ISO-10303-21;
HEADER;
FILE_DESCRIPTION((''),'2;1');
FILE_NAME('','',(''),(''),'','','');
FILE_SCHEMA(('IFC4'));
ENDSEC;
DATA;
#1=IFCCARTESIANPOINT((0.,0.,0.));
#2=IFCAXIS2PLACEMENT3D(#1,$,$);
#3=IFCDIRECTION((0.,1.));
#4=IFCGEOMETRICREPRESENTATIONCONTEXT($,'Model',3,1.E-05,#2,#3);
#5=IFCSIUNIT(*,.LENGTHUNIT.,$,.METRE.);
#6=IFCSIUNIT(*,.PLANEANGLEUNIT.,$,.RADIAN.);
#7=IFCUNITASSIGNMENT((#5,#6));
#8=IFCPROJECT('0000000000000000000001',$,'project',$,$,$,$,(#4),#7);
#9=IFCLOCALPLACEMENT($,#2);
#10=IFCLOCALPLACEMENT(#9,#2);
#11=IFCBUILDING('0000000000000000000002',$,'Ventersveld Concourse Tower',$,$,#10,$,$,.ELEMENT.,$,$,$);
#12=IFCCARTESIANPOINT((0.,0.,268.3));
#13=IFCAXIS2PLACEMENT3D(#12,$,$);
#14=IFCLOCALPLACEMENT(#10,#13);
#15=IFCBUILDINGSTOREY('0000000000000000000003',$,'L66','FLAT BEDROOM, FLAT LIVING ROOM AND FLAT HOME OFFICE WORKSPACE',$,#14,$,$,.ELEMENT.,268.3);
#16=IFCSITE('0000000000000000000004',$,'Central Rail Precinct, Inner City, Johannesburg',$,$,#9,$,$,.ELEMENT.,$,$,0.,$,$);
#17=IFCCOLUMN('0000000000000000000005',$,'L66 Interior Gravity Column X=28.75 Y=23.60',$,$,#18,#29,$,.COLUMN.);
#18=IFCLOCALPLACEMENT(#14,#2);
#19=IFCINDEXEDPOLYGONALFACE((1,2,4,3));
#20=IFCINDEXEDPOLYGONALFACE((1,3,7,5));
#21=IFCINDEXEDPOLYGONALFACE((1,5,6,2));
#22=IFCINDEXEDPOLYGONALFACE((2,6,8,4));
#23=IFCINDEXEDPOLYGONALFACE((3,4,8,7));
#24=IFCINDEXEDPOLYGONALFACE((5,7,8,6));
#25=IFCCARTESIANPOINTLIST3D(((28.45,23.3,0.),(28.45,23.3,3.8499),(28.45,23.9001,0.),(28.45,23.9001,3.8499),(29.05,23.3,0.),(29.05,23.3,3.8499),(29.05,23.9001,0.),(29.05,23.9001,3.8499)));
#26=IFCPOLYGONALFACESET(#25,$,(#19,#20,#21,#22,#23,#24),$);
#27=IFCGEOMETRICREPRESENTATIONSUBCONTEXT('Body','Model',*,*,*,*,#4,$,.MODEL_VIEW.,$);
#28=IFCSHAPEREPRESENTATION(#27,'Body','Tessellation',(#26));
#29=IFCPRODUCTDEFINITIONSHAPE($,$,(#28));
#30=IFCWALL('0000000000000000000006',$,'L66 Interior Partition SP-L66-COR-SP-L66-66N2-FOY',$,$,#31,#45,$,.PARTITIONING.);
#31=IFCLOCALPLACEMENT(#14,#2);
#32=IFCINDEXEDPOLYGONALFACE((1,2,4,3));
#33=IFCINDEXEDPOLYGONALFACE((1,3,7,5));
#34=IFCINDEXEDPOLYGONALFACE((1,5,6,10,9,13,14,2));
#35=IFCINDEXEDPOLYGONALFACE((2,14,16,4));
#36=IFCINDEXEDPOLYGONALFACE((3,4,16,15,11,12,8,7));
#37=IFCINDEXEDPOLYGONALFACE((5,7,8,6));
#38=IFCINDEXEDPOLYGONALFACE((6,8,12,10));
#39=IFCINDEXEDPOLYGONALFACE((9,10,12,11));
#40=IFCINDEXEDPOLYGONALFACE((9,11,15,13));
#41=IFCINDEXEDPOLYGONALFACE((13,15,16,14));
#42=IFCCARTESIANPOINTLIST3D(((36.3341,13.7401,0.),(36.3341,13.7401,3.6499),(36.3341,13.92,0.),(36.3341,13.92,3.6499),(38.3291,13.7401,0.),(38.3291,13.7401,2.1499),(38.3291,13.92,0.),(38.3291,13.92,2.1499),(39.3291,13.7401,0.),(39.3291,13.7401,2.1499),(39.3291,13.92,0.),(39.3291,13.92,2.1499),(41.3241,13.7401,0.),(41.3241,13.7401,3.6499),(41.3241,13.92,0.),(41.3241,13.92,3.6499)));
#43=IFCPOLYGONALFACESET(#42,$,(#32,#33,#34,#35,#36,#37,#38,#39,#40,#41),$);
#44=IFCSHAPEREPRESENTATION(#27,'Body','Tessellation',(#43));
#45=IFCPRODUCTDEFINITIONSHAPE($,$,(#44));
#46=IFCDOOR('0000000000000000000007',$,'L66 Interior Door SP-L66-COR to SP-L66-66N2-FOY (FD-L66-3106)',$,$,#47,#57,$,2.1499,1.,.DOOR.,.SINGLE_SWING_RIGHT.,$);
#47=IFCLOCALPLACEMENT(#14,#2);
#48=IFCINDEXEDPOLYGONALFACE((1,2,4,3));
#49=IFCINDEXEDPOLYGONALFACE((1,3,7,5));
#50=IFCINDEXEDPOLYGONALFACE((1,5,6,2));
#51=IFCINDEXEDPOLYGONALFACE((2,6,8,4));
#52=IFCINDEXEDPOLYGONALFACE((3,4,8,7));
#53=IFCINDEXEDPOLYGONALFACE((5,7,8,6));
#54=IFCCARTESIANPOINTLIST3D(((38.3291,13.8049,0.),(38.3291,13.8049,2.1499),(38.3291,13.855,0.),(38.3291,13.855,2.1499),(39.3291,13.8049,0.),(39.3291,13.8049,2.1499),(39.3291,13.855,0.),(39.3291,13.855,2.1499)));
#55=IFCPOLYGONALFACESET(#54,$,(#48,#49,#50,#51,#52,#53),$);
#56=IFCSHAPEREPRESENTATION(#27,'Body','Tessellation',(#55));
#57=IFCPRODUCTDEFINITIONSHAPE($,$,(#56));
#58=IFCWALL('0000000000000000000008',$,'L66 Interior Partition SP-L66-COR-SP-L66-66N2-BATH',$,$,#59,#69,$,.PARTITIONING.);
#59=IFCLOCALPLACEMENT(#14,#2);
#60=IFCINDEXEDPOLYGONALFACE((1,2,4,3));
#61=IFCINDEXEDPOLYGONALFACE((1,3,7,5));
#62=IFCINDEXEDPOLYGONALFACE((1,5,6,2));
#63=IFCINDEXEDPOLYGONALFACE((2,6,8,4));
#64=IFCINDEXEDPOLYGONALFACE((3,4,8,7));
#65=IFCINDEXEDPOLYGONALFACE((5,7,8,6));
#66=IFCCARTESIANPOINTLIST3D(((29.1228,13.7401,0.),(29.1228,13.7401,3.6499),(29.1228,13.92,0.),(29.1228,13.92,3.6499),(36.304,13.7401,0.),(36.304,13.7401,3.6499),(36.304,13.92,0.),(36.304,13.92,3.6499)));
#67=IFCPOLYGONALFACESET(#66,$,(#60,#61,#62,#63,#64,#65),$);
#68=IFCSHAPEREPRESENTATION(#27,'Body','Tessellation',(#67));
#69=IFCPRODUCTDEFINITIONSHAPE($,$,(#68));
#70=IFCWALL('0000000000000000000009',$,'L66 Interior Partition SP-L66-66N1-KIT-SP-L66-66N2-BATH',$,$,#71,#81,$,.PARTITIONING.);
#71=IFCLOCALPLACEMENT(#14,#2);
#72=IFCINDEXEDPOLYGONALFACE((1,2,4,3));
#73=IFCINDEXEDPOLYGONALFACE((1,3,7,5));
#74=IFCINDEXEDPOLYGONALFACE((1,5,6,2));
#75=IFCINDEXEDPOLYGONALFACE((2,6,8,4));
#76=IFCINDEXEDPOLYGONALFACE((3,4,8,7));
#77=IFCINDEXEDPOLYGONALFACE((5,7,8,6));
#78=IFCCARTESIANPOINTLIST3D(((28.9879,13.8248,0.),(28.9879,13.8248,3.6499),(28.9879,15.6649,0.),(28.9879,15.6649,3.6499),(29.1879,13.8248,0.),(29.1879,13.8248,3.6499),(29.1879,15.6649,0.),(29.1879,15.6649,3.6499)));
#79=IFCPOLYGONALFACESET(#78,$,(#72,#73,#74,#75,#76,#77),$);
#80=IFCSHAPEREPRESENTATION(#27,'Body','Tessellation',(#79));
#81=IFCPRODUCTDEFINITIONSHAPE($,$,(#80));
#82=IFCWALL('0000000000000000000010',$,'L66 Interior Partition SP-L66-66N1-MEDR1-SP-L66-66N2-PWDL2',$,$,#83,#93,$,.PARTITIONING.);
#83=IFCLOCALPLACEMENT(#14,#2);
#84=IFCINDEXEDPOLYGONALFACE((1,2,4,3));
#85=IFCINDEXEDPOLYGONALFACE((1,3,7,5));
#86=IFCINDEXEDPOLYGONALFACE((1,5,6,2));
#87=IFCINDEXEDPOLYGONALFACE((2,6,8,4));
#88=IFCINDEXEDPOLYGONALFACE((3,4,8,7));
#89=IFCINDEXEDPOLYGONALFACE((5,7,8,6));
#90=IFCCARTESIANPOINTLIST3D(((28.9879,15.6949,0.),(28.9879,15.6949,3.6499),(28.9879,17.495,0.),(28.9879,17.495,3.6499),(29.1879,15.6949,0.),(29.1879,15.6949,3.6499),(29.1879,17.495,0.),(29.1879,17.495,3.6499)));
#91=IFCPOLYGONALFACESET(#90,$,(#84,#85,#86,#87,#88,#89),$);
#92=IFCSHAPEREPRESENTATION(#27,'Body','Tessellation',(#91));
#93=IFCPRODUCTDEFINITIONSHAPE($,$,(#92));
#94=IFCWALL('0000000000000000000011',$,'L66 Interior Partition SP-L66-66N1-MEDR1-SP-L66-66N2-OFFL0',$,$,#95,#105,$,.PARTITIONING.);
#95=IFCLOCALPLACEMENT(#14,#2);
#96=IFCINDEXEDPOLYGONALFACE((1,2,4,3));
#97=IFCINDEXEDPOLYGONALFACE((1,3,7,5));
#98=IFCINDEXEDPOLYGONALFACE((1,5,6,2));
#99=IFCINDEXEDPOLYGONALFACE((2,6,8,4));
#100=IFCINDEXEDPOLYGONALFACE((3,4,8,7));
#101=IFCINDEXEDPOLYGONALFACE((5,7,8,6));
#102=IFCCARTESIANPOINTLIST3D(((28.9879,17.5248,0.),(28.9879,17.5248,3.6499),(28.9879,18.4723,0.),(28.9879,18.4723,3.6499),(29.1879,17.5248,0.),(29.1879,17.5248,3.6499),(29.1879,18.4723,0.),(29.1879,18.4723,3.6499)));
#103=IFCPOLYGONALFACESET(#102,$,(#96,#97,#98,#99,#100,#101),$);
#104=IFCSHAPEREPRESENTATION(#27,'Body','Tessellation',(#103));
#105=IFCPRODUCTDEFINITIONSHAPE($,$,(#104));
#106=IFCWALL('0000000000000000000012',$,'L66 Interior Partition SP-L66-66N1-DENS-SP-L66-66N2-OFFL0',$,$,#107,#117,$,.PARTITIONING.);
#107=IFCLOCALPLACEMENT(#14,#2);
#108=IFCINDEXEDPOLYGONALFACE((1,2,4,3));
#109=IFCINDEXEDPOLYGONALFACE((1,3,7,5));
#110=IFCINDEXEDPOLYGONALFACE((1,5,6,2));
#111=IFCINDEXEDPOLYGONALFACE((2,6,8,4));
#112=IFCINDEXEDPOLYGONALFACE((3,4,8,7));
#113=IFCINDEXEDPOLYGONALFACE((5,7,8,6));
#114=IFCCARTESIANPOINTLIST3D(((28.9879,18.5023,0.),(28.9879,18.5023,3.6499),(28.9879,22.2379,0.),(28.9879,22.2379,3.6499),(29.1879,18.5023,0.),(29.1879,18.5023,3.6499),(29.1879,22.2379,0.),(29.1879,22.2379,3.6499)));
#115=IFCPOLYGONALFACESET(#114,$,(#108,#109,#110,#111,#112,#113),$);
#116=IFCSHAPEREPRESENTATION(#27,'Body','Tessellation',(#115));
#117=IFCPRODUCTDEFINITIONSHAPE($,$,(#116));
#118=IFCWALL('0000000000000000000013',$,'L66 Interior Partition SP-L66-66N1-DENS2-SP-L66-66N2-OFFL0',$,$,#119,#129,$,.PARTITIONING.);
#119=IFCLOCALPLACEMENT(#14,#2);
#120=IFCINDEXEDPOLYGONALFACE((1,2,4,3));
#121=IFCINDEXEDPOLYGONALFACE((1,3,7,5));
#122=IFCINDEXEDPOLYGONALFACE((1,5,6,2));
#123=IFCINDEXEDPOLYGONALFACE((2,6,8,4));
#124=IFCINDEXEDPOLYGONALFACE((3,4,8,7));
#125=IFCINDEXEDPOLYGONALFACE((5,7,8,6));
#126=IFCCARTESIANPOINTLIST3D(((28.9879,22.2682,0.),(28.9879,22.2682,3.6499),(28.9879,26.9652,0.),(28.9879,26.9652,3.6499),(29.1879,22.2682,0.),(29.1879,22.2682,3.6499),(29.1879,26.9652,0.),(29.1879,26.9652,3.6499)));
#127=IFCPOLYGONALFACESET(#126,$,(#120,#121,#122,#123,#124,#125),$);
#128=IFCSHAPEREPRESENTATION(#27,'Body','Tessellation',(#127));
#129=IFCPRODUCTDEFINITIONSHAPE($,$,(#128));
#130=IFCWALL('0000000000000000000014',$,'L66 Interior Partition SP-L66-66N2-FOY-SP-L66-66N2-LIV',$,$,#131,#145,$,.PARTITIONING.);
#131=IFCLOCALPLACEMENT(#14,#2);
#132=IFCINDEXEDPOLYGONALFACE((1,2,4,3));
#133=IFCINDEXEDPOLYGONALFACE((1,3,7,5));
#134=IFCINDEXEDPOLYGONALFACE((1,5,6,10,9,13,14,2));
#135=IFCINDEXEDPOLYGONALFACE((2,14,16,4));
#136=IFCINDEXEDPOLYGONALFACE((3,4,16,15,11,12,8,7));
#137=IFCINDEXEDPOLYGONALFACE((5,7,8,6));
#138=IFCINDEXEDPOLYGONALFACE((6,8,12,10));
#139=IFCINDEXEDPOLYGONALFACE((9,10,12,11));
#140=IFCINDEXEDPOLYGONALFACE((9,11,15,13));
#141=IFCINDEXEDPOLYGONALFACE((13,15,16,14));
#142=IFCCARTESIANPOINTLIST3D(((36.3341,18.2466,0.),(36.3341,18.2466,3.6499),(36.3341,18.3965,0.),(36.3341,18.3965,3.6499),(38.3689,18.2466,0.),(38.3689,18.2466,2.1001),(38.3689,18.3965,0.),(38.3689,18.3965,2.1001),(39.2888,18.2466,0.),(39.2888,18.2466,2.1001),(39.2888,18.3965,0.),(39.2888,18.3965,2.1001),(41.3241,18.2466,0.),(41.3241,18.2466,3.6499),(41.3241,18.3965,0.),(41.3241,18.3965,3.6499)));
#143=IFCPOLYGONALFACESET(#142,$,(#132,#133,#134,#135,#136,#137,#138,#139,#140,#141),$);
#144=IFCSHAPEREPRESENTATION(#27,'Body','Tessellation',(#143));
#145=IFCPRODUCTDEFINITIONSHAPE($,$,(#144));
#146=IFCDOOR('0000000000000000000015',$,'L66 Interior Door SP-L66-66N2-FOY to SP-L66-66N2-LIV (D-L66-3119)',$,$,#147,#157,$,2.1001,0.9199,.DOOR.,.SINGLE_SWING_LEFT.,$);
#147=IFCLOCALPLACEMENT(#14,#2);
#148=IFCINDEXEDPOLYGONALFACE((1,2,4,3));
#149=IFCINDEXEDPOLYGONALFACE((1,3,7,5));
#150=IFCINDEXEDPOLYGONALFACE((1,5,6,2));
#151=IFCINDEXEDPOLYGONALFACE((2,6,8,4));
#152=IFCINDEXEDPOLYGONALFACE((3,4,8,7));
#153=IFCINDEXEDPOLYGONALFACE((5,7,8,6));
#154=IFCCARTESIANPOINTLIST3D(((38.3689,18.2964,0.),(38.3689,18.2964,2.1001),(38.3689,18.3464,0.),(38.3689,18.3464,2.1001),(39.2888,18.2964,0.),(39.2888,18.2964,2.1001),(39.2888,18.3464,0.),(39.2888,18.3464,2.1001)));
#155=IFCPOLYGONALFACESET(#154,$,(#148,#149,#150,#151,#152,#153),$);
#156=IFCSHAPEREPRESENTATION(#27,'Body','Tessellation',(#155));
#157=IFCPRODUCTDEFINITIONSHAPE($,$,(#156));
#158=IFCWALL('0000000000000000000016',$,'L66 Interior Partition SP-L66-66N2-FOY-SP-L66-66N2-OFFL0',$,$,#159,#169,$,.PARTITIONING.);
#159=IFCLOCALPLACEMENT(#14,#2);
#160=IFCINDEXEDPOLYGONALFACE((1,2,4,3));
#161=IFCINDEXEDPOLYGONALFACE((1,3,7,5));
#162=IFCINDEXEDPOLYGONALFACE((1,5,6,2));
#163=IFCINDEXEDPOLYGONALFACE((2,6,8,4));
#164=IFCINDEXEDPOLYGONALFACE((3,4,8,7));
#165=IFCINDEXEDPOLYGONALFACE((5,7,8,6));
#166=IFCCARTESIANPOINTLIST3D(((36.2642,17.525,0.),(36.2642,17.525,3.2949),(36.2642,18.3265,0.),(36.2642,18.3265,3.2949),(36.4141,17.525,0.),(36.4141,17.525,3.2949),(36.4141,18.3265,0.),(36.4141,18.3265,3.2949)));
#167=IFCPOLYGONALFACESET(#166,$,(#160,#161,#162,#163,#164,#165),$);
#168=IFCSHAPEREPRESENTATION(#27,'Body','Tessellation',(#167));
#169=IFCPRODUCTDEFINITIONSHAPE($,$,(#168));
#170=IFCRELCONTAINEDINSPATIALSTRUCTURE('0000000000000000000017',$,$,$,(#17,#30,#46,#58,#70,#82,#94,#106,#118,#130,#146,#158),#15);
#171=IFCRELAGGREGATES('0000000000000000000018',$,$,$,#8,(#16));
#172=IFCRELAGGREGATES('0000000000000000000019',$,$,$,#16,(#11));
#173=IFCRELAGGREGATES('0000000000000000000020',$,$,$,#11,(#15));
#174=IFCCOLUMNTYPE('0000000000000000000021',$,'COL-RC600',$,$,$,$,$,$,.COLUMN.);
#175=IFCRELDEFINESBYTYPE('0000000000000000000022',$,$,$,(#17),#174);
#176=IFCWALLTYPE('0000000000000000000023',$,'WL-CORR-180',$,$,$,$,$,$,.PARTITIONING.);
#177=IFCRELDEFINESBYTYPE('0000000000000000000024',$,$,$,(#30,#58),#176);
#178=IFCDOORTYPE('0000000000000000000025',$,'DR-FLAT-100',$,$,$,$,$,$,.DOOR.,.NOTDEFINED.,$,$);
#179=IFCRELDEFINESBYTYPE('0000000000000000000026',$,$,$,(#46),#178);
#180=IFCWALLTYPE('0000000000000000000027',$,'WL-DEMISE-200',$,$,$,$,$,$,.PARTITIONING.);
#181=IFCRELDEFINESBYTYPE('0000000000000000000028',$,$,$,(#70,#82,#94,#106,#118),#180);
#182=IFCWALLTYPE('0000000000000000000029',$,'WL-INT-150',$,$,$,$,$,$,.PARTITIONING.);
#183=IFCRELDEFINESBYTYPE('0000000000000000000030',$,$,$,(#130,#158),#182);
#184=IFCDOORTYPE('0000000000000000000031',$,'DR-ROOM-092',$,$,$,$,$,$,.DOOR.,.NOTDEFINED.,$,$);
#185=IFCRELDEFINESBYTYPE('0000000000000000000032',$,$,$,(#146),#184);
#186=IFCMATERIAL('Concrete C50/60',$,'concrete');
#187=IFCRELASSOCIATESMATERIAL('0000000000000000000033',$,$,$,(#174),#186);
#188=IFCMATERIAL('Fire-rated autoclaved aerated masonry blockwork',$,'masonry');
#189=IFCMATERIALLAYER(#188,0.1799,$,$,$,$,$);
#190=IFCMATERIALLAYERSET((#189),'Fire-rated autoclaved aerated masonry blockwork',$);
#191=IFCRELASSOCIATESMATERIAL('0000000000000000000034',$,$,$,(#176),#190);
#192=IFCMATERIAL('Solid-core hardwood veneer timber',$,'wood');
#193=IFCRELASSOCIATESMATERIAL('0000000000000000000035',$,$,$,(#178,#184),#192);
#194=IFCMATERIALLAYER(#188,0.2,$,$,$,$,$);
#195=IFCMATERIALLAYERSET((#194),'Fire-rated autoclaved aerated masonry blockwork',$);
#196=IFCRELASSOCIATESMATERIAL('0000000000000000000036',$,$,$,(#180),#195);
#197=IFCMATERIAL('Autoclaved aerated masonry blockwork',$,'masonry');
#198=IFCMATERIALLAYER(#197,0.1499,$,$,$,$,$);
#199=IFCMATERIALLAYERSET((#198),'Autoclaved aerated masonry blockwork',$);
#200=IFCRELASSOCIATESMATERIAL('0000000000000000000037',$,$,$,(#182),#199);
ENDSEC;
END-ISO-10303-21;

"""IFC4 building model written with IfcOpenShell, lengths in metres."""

from ifc_helpers import new_model, si_unit, direction, frame, frame_2d, origin, origin_2d, place, context, subcontext, project, spatial, rectangle, extrude, material, layer, layer_set, material_profile, profile_set, type_object, element, fill, save


model = new_model("IFC4")

# Units and contexts
model_context = context("Model", 3, precision=1e-05, world=origin(), true_north=direction((0.0, 1.0)))
body_context = subcontext(model_context, "Body", "Model", "MODEL_VIEW")
ifc_project = project(units=[si_unit("LENGTHUNIT", "METRE"), si_unit("PLANEANGLEUNIT", "RADIAN")], contexts=[model_context])

# Site, building, storey
site_placement = place(None, origin())
site = spatial("IfcSite", under=ifc_project, at=site_placement, Name="Central Rail Precinct, Inner City, Johannesburg", CompositionType="ELEMENT", RefElevation=0.0)
building_placement = place(site_placement, origin())
building = spatial("IfcBuilding", under=site, at=building_placement, Name="Ventersveld Concourse Tower", CompositionType="ELEMENT")
storey_placement = place(building_placement, frame((0.0, 0.0, 268.3)))
storey = spatial("IfcBuildingStorey", under=building, at=storey_placement, Name="L66", Description="FLAT BEDROOM, FLAT LIVING ROOM AND FLAT HOME OFFICE WORKSPACE", CompositionType="ELEMENT", Elevation=268.3)

# Column
ifc_material_1 = material(Name="Concrete C50/60", Category="concrete")
ifc_material_profile = material_profile(ifc_material_1, rectangle(XDim=0.6001, YDim=0.6001, at=origin_2d()), Name="RC 600x600")
ifc_profile_set = profile_set([ifc_material_profile], Name="Concrete C50/60")
column_type = type_object("IfcColumnType", Name="COL-RC600", PredefinedType="COLUMN", material=ifc_profile_set)
column_placement = place(storey_placement, frame((28.75, 23.6001, 0.0), z_axis=(0.0, 0.0, 1.0), x_axis=(1.0, 0.0, 0.0)))
element("IfcColumn", 1, at=column_placement, inside=storey, type_object=column_type, Name="L66 Interior Gravity Column X=28.75 Y=23.60", PredefinedType="COLUMN", context=body_context, shape_type="SweptSolid", body=[
    extrude(rectangle(XDim=0.6001, YDim=0.6001, at=origin_2d()), origin(), (0.0, 0.0, 1.0), 3.8499),
])

# Wall, opening, door
ifc_material_2 = material(Name="Fire-rated autoclaved aerated masonry blockwork", Category="masonry")
ifc_layer_1 = layer(ifc_material_2, 0.1799)
ifc_layer_set_1 = layer_set([ifc_layer_1], Name="Fire-rated autoclaved aerated masonry blockwork")
wall_type_1 = type_object("IfcWallType", Name="WL-CORR-180", PredefinedType="PARTITIONING", material=ifc_layer_set_1)
wall_1_placement = place(storey_placement, frame((36.334, 13.8301, 0.0), z_axis=(0.0, 0.0, 1.0), x_axis=(1.0, 0.0, 0.0)))
wall_1 = element("IfcWall", 2, at=wall_1_placement, inside=storey, type_object=wall_type_1, Name="L66 Interior Partition SP-L66-COR-SP-L66-66N2-FOY", PredefinedType="PARTITIONING", context=body_context, shape_type="SweptSolid", body=[
    extrude(rectangle(XDim=4.99, YDim=0.1799, at=frame_2d((2.4951, 0.0))), origin(), (0.0, 0.0, 1.0), 3.6499),
])
opening_1_placement = place(wall_1_placement, frame((1.9951, 0.0, 0.0)))
opening_1 = element("IfcOpeningElement", 3, at=opening_1_placement, cuts=wall_1, PredefinedType="OPENING", context=body_context, shape_type="SweptSolid", body=[
    extrude(rectangle(XDim=1.0, YDim=2.1499, at=frame_2d((0.5, 1.075))), frame((0.0, 0.1001, 0.0), z_axis=(0.0, -1.0, 0.0), x_axis=(1.0, 0.0, 0.0)), (0.0, 0.0, 1.0), 0.2),
])
ifc_material_3 = material(Name="Solid-core hardwood veneer timber", Category="wood")
door_type_1 = type_object("IfcDoorType", Name="DR-FLAT-100", OperationType="NOTDEFINED", PredefinedType="DOOR", material=ifc_material_3)
door_1_placement = place(opening_1_placement, origin())
door_1 = element("IfcDoor", 4, at=door_1_placement, inside=storey, type_object=door_type_1, Name="L66 Interior Door SP-L66-COR to SP-L66-66N2-FOY (FD-L66-3106)", OperationType="SINGLE_SWING_RIGHT", OverallHeight=2.1499, OverallWidth=1.0, PredefinedType="DOOR", context=body_context, shape_type="SweptSolid", body=[
    extrude(rectangle(XDim=1.0, YDim=2.1499, at=frame_2d((0.5, 1.075))), frame((0.0, 0.0249, 0.0), z_axis=(0.0, -1.0, 0.0), x_axis=(1.0, 0.0, 0.0)), (0.0, 0.0, 1.0), 0.05),
])
fill(opening_1, door_1)

# Walls
wall_2_placement = place(storey_placement, frame((29.1228, 13.8301, 0.0), z_axis=(0.0, 0.0, 1.0), x_axis=(1.0, 0.0, 0.0)))
element("IfcWall", 5, at=wall_2_placement, inside=storey, type_object=wall_type_1, Name="L66 Interior Partition SP-L66-COR-SP-L66-66N2-BATH", PredefinedType="PARTITIONING", context=body_context, shape_type="SweptSolid", body=[
    extrude(rectangle(XDim=7.1812, YDim=0.1799, at=frame_2d((3.5906, 0.0))), origin(), (0.0, 0.0, 1.0), 3.6499),
])
ifc_layer_2 = layer(ifc_material_2, 0.2)
ifc_layer_set_2 = layer_set([ifc_layer_2], Name="Fire-rated autoclaved aerated masonry blockwork")
wall_type_2 = type_object("IfcWallType", Name="WL-DEMISE-200", PredefinedType="PARTITIONING", material=ifc_layer_set_2)
wall_3_placement = place(storey_placement, frame((29.0879, 13.825, 0.0), z_axis=(0.0, 0.0, 1.0), x_axis=(0.0, 1.0, 0.0)))
element("IfcWall", 6, at=wall_3_placement, inside=storey, type_object=wall_type_2, Name="L66 Interior Partition SP-L66-66N1-KIT-SP-L66-66N2-BATH", PredefinedType="PARTITIONING", context=body_context, shape_type="SweptSolid", body=[
    extrude(rectangle(XDim=1.8401, YDim=0.2, at=frame_2d((0.9199, 0.0))), origin(), (0.0, 0.0, 1.0), 3.6499),
])
wall_4_placement = place(storey_placement, frame((29.0879, 15.6951, 0.0), z_axis=(0.0, 0.0, 1.0), x_axis=(0.0, 1.0, 0.0)))
element("IfcWall", 7, at=wall_4_placement, inside=storey, type_object=wall_type_2, Name="L66 Interior Partition SP-L66-66N1-MEDR1-SP-L66-66N2-PWDL2", PredefinedType="PARTITIONING", context=body_context, shape_type="SweptSolid", body=[
    extrude(rectangle(XDim=1.8, YDim=0.2, at=frame_2d((0.8999, 0.0))), origin(), (0.0, 0.0, 1.0), 3.6499),
])
wall_5_placement = place(storey_placement, frame((29.0879, 17.5249, 0.0), z_axis=(0.0, 0.0, 1.0), x_axis=(0.0, 1.0, 0.0)))
element("IfcWall", 8, at=wall_5_placement, inside=storey, type_object=wall_type_2, Name="L66 Interior Partition SP-L66-66N1-MEDR1-SP-L66-66N2-OFFL0", PredefinedType="PARTITIONING", context=body_context, shape_type="SweptSolid", body=[
    extrude(rectangle(XDim=0.9475, YDim=0.2, at=frame_2d((0.4736, 0.0))), origin(), (0.0, 0.0, 1.0), 3.6499),
])
wall_6_placement = place(storey_placement, frame((29.0879, 18.5024, 0.0), z_axis=(0.0, 0.0, 1.0), x_axis=(0.0, 1.0, 0.0)))
element("IfcWall", 9, at=wall_6_placement, inside=storey, type_object=wall_type_2, Name="L66 Interior Partition SP-L66-66N1-DENS-SP-L66-66N2-OFFL0", PredefinedType="PARTITIONING", context=body_context, shape_type="SweptSolid", body=[
    extrude(rectangle(XDim=3.7356, YDim=0.2, at=frame_2d((1.8677, 0.0))), origin(), (0.0, 0.0, 1.0), 3.6499),
])
wall_7_placement = place(storey_placement, frame((29.0879, 22.2681, 0.0), z_axis=(0.0, 0.0, 1.0), x_axis=(0.0, 1.0, 0.0)))
element("IfcWall", 10, at=wall_7_placement, inside=storey, type_object=wall_type_2, Name="L66 Interior Partition SP-L66-66N1-DENS2-SP-L66-66N2-OFFL0", PredefinedType="PARTITIONING", context=body_context, shape_type="SweptSolid", body=[
    extrude(rectangle(XDim=4.697, YDim=0.2, at=frame_2d((2.3486, 0.0))), origin(), (0.0, 0.0, 1.0), 3.6499),
])

# Wall, opening, door
ifc_material_4 = material(Name="Autoclaved aerated masonry blockwork", Category="masonry")
ifc_layer_3 = layer(ifc_material_4, 0.1499)
ifc_layer_set_3 = layer_set([ifc_layer_3], Name="Autoclaved aerated masonry blockwork")
wall_type_3 = type_object("IfcWallType", Name="WL-INT-150", PredefinedType="PARTITIONING", material=ifc_layer_set_3)
wall_8_placement = place(storey_placement, frame((36.334, 18.3215, 0.0), z_axis=(0.0, 0.0, 1.0), x_axis=(1.0, 0.0, 0.0)))
wall_8 = element("IfcWall", 11, at=wall_8_placement, inside=storey, type_object=wall_type_3, Name="L66 Interior Partition SP-L66-66N2-FOY-SP-L66-66N2-LIV", PredefinedType="PARTITIONING", context=body_context, shape_type="SweptSolid", body=[
    extrude(rectangle(XDim=4.99, YDim=0.1499, at=frame_2d((2.4951, 0.0))), origin(), (0.0, 0.0, 1.0), 3.6499),
])
opening_2_placement = place(wall_8_placement, frame((2.0349, 0.0, 0.0)))
opening_2 = element("IfcOpeningElement", 12, at=opening_2_placement, cuts=wall_8, PredefinedType="OPENING", context=body_context, shape_type="SweptSolid", body=[
    extrude(rectangle(XDim=0.9199, YDim=2.1001, at=frame_2d((0.46, 1.05))), frame((0.0, 0.085, 0.0), z_axis=(0.0, -1.0, 0.0), x_axis=(1.0, 0.0, 0.0)), (0.0, 0.0, 1.0), 0.1699),
])
door_type_2 = type_object("IfcDoorType", Name="DR-ROOM-092", OperationType="NOTDEFINED", PredefinedType="DOOR", material=ifc_material_3)
door_2_placement = place(opening_2_placement, origin())
door_2 = element("IfcDoor", 13, at=door_2_placement, inside=storey, type_object=door_type_2, Name="L66 Interior Door SP-L66-66N2-FOY to SP-L66-66N2-LIV (D-L66-3119)", OperationType="SINGLE_SWING_LEFT", OverallHeight=2.1001, OverallWidth=0.9199, PredefinedType="DOOR", context=body_context, shape_type="SweptSolid", body=[
    extrude(rectangle(XDim=0.9199, YDim=2.1001, at=frame_2d((0.46, 1.05))), frame((0.0, 0.0249, 0.0), z_axis=(0.0, -1.0, 0.0), x_axis=(1.0, 0.0, 0.0)), (0.0, 0.0, 1.0), 0.05),
])
fill(opening_2, door_2)

# Wall
wall_9_placement = place(storey_placement, frame((36.3391, 17.5249, 0.0), z_axis=(0.0, 0.0, 1.0), x_axis=(0.0, 1.0, 0.0)))
element("IfcWall", 14, at=wall_9_placement, inside=storey, type_object=wall_type_3, Name="L66 Interior Partition SP-L66-66N2-FOY-SP-L66-66N2-OFFL0", PredefinedType="PARTITIONING", context=body_context, shape_type="SweptSolid", body=[
    extrude(rectangle(XDim=0.8015, YDim=0.1499, at=frame_2d((0.4009, 0.0))), origin(), (0.0, 0.0, 1.0), 3.2949),
])

save(model, "model.ifc")
